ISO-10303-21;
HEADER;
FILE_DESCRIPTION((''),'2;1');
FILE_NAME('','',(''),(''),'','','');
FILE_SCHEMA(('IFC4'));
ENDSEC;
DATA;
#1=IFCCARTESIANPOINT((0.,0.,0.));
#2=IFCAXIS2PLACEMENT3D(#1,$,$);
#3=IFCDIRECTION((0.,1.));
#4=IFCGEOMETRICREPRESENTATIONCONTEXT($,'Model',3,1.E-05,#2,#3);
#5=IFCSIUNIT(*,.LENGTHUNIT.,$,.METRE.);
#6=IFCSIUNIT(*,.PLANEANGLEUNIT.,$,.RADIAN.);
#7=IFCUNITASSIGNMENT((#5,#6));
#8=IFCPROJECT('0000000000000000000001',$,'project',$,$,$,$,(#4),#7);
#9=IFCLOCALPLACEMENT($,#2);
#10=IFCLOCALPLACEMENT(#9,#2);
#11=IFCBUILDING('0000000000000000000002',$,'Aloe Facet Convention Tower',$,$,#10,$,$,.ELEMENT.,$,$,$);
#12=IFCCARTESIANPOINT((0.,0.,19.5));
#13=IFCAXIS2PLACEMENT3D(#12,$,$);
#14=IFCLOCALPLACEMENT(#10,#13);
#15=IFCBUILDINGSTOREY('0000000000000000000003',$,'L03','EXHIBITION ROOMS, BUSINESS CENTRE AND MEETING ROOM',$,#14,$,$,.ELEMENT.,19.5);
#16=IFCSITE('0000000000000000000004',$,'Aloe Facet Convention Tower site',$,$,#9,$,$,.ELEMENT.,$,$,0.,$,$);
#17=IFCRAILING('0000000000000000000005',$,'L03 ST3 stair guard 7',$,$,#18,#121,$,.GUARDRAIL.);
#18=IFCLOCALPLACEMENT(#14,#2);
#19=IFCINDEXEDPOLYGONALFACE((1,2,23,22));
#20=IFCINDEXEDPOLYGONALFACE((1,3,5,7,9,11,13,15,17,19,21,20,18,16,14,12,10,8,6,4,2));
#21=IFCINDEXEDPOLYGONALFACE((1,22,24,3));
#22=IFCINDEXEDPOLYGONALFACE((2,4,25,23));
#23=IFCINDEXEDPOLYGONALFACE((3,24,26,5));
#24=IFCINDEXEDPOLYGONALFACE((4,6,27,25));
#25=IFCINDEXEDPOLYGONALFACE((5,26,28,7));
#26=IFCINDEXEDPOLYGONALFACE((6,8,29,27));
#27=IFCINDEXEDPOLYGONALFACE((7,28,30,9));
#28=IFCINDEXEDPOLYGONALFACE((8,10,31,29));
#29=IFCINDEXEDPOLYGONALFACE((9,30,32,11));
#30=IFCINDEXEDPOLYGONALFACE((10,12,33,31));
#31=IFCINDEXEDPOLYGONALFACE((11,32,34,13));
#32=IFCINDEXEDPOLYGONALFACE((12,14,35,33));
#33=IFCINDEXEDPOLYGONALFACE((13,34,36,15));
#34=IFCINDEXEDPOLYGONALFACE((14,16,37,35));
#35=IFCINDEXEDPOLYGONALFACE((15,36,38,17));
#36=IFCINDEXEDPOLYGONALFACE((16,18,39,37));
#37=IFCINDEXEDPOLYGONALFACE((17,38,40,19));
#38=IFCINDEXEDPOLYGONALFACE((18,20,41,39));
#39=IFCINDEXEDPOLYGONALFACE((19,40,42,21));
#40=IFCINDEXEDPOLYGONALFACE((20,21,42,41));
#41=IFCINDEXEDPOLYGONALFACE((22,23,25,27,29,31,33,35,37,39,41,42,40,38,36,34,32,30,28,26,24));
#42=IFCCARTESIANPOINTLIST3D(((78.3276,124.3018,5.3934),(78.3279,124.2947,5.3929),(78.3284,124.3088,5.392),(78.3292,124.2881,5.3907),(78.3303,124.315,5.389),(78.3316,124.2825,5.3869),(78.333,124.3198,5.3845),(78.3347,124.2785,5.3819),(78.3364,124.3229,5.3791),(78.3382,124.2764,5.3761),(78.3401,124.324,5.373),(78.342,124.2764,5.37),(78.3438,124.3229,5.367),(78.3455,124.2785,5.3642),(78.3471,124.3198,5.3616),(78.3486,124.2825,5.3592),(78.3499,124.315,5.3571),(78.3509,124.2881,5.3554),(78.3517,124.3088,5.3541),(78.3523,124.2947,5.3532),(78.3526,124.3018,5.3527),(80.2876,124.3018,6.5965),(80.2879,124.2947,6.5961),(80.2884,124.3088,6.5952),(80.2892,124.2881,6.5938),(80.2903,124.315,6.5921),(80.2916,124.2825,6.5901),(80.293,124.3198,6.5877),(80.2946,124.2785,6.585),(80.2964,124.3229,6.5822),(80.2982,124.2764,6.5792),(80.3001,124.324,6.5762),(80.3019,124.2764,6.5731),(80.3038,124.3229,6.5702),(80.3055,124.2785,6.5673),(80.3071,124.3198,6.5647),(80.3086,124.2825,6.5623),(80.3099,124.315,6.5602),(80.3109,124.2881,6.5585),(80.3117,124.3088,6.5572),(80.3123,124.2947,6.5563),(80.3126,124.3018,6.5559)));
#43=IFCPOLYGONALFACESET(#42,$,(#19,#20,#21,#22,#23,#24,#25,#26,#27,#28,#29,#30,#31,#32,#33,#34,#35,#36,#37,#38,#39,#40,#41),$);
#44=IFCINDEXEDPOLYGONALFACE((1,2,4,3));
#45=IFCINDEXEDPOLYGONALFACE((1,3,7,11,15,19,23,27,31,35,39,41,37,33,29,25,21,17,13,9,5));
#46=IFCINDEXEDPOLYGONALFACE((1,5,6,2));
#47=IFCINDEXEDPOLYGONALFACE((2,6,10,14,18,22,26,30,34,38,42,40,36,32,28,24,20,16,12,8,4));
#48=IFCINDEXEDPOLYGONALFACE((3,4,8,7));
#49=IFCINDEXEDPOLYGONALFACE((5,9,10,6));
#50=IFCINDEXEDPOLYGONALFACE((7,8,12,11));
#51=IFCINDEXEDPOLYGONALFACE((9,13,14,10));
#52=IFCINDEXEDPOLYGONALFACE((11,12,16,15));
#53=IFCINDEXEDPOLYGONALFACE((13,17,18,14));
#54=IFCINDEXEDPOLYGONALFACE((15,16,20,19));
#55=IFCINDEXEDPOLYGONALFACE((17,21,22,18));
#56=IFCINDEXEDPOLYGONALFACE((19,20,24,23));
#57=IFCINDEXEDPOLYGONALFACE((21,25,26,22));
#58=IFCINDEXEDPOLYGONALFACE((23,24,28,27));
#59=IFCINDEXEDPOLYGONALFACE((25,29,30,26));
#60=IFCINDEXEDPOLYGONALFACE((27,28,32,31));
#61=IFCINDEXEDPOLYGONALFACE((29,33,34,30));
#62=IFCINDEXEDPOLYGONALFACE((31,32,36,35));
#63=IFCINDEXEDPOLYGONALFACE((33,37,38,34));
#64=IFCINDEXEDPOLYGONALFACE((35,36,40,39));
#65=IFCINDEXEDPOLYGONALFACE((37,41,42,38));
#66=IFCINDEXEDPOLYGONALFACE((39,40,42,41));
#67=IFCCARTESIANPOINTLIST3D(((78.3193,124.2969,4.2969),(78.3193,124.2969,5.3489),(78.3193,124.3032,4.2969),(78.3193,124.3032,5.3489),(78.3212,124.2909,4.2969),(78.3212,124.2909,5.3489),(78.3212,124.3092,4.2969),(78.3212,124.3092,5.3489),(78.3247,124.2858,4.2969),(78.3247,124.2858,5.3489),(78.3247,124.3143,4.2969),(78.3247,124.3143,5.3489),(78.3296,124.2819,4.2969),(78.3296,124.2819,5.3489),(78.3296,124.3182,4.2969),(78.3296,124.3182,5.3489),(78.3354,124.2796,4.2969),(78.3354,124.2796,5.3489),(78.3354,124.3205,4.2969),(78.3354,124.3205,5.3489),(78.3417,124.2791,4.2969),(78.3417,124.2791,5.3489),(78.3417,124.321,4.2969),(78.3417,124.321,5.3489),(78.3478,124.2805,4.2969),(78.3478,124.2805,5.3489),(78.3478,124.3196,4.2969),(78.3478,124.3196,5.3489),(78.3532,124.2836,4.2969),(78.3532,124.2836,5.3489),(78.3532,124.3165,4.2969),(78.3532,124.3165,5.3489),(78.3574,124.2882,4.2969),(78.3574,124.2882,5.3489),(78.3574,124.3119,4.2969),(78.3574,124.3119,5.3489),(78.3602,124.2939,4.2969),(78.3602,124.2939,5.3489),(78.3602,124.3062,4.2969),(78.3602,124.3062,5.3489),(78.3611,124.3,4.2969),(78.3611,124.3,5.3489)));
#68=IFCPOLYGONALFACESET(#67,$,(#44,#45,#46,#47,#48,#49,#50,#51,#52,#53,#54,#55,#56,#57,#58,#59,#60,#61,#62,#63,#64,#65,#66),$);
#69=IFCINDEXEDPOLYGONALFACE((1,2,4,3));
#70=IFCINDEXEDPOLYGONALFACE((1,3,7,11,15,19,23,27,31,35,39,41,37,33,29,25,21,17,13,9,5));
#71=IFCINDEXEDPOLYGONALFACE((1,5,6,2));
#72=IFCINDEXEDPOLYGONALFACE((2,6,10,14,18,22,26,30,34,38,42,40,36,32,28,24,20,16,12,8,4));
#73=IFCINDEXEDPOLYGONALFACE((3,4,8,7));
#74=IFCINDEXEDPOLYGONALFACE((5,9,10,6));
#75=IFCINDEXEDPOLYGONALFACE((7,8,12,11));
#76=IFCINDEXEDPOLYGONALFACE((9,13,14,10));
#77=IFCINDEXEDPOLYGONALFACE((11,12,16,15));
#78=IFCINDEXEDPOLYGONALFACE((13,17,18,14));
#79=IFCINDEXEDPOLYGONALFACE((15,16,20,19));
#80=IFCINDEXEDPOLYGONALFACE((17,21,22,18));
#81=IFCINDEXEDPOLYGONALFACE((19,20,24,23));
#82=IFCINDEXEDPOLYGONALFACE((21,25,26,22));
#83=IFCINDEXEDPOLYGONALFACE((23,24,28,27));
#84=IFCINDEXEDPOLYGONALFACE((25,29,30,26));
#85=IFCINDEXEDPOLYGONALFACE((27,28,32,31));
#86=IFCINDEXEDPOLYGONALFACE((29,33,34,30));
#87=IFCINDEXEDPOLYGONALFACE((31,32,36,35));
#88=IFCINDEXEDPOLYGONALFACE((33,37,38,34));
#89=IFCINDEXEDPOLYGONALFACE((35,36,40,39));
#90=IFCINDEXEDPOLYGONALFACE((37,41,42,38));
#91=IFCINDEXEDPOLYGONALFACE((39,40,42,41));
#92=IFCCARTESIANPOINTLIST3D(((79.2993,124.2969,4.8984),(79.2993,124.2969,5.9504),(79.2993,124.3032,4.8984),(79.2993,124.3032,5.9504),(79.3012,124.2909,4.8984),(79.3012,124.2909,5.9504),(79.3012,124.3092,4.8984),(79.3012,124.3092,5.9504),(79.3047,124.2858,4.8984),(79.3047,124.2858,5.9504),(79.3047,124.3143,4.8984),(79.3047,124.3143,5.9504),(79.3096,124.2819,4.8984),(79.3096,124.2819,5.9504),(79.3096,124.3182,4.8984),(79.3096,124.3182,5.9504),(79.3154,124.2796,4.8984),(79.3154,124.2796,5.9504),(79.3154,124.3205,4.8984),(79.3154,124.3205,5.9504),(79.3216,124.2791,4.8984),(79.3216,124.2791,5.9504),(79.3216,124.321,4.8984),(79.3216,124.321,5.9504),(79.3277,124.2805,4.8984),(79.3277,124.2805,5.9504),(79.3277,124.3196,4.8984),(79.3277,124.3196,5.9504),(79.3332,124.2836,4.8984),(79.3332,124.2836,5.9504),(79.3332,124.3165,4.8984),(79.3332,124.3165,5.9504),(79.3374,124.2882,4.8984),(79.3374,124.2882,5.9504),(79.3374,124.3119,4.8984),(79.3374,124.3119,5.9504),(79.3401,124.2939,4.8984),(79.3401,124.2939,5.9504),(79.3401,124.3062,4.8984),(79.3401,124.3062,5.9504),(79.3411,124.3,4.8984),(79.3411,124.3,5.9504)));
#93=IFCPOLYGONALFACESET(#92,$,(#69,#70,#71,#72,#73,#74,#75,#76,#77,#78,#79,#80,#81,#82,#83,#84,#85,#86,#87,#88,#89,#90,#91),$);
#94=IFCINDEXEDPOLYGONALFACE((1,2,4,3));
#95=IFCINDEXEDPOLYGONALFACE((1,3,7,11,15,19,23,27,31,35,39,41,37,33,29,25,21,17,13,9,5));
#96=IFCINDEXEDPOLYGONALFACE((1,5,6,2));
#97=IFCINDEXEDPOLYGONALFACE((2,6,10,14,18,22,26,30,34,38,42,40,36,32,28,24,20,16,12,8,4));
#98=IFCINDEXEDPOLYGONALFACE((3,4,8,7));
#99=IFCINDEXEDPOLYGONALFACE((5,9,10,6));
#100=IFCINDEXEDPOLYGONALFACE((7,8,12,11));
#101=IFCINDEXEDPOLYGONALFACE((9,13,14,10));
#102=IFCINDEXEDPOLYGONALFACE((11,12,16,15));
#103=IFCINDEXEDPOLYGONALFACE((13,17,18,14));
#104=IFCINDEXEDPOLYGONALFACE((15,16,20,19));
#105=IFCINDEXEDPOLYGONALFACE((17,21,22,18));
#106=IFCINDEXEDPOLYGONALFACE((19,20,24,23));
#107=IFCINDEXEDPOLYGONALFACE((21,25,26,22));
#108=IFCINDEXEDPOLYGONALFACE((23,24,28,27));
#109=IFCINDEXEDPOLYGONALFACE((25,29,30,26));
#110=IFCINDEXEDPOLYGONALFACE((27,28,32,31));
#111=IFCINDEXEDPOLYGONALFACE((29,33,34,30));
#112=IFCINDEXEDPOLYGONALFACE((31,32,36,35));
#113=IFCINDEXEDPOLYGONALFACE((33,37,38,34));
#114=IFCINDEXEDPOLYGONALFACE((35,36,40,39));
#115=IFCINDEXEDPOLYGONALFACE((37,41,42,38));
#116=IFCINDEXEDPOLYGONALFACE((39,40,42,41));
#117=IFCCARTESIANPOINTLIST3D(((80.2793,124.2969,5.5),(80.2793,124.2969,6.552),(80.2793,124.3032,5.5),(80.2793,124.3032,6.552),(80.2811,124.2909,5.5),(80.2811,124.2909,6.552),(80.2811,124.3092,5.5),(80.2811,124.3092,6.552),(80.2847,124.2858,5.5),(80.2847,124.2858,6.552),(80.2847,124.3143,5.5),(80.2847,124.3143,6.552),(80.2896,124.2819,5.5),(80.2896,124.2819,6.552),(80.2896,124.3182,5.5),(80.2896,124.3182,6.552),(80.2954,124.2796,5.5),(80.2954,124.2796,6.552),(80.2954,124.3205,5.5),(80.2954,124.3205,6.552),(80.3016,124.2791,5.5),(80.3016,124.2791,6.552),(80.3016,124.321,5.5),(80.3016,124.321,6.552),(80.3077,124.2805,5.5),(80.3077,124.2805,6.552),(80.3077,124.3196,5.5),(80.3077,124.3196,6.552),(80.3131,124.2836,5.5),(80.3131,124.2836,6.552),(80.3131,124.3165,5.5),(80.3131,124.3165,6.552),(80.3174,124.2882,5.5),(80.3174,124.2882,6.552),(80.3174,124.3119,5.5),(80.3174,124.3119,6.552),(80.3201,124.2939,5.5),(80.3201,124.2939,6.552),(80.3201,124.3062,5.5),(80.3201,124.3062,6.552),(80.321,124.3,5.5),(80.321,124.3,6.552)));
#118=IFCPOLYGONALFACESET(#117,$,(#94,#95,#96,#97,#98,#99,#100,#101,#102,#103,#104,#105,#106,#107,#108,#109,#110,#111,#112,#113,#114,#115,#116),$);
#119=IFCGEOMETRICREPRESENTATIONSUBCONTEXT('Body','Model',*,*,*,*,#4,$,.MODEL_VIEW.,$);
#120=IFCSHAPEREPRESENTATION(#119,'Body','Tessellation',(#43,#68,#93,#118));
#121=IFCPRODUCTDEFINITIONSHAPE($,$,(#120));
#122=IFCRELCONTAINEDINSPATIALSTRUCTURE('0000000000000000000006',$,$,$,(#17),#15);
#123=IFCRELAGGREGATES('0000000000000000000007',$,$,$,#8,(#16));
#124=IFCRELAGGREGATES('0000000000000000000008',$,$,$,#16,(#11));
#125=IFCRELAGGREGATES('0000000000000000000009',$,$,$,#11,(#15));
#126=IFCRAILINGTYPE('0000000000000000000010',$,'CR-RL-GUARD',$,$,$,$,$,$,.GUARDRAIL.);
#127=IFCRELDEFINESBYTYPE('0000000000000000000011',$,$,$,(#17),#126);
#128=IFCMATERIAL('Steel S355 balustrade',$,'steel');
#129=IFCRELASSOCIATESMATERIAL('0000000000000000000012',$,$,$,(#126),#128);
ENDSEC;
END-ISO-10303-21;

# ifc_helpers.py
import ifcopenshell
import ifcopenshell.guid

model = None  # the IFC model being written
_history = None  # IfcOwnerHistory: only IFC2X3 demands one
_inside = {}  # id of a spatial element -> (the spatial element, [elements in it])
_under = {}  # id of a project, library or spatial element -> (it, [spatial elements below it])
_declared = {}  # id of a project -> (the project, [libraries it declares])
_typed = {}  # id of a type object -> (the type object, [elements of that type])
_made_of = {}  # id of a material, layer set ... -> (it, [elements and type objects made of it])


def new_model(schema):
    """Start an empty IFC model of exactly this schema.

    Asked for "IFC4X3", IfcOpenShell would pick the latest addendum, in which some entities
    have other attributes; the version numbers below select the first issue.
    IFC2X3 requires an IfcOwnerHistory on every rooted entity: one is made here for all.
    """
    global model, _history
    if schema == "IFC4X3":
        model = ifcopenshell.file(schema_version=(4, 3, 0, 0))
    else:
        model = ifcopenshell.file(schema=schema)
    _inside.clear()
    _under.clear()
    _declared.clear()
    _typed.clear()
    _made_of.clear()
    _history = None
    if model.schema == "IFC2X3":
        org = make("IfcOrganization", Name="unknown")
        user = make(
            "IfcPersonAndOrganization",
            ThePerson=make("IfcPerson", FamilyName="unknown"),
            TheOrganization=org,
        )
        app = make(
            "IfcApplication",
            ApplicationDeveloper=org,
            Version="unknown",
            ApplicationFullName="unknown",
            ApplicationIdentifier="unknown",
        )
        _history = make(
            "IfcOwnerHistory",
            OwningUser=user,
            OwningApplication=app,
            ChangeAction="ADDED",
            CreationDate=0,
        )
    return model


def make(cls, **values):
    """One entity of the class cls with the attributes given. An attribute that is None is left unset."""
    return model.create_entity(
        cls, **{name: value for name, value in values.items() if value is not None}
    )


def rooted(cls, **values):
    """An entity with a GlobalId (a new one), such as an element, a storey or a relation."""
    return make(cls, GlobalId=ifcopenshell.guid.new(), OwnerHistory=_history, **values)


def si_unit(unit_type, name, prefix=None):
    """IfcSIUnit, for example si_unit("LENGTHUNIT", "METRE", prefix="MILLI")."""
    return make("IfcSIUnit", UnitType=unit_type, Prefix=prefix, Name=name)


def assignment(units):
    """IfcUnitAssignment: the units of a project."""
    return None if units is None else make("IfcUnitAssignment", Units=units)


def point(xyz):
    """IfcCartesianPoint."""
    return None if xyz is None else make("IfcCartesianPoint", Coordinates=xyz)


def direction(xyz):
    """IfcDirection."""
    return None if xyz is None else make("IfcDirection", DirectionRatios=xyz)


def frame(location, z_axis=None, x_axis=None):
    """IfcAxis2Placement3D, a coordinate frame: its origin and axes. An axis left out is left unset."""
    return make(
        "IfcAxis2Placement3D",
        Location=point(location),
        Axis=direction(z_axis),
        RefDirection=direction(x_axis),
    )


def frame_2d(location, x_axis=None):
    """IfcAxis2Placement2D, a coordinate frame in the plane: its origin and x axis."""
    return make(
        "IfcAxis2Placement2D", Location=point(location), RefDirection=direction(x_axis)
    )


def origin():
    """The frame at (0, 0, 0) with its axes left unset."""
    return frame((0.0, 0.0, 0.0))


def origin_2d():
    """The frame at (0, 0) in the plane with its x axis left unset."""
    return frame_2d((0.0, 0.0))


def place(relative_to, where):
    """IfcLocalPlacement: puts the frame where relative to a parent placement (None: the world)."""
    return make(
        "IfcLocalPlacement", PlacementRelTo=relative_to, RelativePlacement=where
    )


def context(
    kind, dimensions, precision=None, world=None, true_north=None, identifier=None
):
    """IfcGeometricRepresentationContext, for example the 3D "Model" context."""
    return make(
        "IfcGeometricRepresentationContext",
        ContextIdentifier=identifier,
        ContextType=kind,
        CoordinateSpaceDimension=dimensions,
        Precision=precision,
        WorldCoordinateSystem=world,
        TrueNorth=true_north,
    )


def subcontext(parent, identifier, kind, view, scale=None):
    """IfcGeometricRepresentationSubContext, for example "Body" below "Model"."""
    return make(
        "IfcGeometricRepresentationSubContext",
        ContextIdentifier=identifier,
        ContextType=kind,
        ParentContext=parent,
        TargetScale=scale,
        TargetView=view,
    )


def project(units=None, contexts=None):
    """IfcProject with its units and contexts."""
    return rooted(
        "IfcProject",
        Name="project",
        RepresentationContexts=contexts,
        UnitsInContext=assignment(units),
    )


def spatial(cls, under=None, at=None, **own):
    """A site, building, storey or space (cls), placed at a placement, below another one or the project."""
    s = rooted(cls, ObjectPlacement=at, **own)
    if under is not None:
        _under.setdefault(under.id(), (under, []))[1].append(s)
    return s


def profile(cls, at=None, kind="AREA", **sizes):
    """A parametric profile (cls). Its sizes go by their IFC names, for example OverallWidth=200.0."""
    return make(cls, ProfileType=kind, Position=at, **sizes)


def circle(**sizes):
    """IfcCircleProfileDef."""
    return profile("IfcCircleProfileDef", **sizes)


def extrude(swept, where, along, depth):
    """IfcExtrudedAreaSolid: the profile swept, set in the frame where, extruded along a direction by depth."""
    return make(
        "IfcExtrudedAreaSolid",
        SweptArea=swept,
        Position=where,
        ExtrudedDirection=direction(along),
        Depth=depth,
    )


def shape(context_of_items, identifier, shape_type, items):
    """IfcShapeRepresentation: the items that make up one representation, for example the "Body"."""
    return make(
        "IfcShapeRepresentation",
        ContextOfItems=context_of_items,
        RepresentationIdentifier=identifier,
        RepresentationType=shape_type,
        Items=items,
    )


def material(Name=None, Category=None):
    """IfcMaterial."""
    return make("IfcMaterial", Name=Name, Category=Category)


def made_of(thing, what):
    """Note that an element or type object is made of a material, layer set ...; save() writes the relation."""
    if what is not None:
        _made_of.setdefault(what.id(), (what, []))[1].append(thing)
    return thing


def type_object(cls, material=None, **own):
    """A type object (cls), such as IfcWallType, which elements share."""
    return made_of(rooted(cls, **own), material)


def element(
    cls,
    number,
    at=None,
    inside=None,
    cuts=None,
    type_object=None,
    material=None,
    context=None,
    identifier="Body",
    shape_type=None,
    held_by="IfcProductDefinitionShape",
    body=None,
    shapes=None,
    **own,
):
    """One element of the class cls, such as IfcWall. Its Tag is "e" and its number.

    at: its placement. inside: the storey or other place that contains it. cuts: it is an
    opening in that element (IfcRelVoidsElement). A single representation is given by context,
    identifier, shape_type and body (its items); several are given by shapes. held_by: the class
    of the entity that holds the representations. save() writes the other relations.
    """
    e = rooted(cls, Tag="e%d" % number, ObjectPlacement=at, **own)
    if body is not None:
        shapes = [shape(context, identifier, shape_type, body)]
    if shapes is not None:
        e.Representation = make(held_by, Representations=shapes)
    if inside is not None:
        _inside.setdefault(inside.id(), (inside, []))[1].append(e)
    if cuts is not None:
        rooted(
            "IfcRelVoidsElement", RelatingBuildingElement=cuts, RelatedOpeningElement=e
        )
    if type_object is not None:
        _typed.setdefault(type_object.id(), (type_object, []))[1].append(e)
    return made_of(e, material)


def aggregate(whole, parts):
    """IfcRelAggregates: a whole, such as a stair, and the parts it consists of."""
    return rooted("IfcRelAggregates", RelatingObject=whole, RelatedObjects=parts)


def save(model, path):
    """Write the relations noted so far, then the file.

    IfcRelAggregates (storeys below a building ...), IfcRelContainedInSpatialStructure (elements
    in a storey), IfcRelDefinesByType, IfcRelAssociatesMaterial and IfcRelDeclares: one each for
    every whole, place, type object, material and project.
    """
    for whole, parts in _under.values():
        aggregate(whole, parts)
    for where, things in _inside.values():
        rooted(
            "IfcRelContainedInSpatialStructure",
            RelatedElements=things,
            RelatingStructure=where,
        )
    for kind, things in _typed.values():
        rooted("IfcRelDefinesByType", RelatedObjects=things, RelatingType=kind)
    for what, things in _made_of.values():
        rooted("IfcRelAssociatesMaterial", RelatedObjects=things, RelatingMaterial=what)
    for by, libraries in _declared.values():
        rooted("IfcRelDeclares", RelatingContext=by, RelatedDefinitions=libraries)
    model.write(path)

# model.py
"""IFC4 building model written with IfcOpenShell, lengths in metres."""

from ifc_helpers import new_model, si_unit, direction, frame, origin, origin_2d, place, context, subcontext, project, spatial, circle, extrude, material, type_object, element, save


model = new_model("IFC4")

# Units and contexts
model_context = context("Model", 3, precision=1e-05, world=origin(), true_north=direction((0.0, 1.0)))
body_context = subcontext(model_context, "Body", "Model", "MODEL_VIEW")
ifc_project = project(units=[si_unit("LENGTHUNIT", "METRE"), si_unit("PLANEANGLEUNIT", "RADIAN")], contexts=[model_context])

# Site, building, storey
site_placement = place(None, origin())
site = spatial("IfcSite", under=ifc_project, at=site_placement, Name="Aloe Facet Convention Tower site", CompositionType="ELEMENT", RefElevation=0.0)
building_placement = place(site_placement, origin())
building = spatial("IfcBuilding", under=site, at=building_placement, Name="Aloe Facet Convention Tower", CompositionType="ELEMENT")
storey_placement = place(building_placement, frame((0.0, 0.0, 19.5)))
storey = spatial("IfcBuildingStorey", under=building, at=storey_placement, Name="L03", Description="EXHIBITION ROOMS, BUSINESS CENTRE AND MEETING ROOM", CompositionType="ELEMENT", Elevation=19.5)

# Railing
ifc_material_1 = material(Name="Steel S355 balustrade", Category="steel")
railing_type_1 = type_object("IfcRailingType", Name="CR-RL-GUARD", PredefinedType="GUARDRAIL", material=ifc_material_1)
railing_1_placement = place(storey_placement, frame((78.3401, 124.3, 4.2969)))
element("IfcRailing", 1, at=railing_1_placement, inside=storey, type_object=railing_type_1, Name="L03 ST3 stair guard 7", PredefinedType="GUARDRAIL", context=body_context, shape_type="SweptSolid", body=[
    extrude(circle(Radius=0.0239, at=origin_2d()), frame((0.0, 0.0, 1.0762), z_axis=(0.852241, 0.0, 0.523149), x_axis=(0.0, 1.0, 0.0)), (0.0, 0.0, 1.0), 2.2998),
    extrude(circle(Radius=0.021, at=origin_2d()), origin(), (0.0, 0.0, 1.0), 1.052),
    extrude(circle(Radius=0.021, at=origin_2d()), frame((0.98, 0.0, 0.6016)), (0.0, 0.0, 1.0), 1.052),
    extrude(circle(Radius=0.021, at=origin_2d()), frame((1.96, 0.0, 1.2031)), (0.0, 0.0, 1.0), 1.052),
])

save(model, "model.ifc")
